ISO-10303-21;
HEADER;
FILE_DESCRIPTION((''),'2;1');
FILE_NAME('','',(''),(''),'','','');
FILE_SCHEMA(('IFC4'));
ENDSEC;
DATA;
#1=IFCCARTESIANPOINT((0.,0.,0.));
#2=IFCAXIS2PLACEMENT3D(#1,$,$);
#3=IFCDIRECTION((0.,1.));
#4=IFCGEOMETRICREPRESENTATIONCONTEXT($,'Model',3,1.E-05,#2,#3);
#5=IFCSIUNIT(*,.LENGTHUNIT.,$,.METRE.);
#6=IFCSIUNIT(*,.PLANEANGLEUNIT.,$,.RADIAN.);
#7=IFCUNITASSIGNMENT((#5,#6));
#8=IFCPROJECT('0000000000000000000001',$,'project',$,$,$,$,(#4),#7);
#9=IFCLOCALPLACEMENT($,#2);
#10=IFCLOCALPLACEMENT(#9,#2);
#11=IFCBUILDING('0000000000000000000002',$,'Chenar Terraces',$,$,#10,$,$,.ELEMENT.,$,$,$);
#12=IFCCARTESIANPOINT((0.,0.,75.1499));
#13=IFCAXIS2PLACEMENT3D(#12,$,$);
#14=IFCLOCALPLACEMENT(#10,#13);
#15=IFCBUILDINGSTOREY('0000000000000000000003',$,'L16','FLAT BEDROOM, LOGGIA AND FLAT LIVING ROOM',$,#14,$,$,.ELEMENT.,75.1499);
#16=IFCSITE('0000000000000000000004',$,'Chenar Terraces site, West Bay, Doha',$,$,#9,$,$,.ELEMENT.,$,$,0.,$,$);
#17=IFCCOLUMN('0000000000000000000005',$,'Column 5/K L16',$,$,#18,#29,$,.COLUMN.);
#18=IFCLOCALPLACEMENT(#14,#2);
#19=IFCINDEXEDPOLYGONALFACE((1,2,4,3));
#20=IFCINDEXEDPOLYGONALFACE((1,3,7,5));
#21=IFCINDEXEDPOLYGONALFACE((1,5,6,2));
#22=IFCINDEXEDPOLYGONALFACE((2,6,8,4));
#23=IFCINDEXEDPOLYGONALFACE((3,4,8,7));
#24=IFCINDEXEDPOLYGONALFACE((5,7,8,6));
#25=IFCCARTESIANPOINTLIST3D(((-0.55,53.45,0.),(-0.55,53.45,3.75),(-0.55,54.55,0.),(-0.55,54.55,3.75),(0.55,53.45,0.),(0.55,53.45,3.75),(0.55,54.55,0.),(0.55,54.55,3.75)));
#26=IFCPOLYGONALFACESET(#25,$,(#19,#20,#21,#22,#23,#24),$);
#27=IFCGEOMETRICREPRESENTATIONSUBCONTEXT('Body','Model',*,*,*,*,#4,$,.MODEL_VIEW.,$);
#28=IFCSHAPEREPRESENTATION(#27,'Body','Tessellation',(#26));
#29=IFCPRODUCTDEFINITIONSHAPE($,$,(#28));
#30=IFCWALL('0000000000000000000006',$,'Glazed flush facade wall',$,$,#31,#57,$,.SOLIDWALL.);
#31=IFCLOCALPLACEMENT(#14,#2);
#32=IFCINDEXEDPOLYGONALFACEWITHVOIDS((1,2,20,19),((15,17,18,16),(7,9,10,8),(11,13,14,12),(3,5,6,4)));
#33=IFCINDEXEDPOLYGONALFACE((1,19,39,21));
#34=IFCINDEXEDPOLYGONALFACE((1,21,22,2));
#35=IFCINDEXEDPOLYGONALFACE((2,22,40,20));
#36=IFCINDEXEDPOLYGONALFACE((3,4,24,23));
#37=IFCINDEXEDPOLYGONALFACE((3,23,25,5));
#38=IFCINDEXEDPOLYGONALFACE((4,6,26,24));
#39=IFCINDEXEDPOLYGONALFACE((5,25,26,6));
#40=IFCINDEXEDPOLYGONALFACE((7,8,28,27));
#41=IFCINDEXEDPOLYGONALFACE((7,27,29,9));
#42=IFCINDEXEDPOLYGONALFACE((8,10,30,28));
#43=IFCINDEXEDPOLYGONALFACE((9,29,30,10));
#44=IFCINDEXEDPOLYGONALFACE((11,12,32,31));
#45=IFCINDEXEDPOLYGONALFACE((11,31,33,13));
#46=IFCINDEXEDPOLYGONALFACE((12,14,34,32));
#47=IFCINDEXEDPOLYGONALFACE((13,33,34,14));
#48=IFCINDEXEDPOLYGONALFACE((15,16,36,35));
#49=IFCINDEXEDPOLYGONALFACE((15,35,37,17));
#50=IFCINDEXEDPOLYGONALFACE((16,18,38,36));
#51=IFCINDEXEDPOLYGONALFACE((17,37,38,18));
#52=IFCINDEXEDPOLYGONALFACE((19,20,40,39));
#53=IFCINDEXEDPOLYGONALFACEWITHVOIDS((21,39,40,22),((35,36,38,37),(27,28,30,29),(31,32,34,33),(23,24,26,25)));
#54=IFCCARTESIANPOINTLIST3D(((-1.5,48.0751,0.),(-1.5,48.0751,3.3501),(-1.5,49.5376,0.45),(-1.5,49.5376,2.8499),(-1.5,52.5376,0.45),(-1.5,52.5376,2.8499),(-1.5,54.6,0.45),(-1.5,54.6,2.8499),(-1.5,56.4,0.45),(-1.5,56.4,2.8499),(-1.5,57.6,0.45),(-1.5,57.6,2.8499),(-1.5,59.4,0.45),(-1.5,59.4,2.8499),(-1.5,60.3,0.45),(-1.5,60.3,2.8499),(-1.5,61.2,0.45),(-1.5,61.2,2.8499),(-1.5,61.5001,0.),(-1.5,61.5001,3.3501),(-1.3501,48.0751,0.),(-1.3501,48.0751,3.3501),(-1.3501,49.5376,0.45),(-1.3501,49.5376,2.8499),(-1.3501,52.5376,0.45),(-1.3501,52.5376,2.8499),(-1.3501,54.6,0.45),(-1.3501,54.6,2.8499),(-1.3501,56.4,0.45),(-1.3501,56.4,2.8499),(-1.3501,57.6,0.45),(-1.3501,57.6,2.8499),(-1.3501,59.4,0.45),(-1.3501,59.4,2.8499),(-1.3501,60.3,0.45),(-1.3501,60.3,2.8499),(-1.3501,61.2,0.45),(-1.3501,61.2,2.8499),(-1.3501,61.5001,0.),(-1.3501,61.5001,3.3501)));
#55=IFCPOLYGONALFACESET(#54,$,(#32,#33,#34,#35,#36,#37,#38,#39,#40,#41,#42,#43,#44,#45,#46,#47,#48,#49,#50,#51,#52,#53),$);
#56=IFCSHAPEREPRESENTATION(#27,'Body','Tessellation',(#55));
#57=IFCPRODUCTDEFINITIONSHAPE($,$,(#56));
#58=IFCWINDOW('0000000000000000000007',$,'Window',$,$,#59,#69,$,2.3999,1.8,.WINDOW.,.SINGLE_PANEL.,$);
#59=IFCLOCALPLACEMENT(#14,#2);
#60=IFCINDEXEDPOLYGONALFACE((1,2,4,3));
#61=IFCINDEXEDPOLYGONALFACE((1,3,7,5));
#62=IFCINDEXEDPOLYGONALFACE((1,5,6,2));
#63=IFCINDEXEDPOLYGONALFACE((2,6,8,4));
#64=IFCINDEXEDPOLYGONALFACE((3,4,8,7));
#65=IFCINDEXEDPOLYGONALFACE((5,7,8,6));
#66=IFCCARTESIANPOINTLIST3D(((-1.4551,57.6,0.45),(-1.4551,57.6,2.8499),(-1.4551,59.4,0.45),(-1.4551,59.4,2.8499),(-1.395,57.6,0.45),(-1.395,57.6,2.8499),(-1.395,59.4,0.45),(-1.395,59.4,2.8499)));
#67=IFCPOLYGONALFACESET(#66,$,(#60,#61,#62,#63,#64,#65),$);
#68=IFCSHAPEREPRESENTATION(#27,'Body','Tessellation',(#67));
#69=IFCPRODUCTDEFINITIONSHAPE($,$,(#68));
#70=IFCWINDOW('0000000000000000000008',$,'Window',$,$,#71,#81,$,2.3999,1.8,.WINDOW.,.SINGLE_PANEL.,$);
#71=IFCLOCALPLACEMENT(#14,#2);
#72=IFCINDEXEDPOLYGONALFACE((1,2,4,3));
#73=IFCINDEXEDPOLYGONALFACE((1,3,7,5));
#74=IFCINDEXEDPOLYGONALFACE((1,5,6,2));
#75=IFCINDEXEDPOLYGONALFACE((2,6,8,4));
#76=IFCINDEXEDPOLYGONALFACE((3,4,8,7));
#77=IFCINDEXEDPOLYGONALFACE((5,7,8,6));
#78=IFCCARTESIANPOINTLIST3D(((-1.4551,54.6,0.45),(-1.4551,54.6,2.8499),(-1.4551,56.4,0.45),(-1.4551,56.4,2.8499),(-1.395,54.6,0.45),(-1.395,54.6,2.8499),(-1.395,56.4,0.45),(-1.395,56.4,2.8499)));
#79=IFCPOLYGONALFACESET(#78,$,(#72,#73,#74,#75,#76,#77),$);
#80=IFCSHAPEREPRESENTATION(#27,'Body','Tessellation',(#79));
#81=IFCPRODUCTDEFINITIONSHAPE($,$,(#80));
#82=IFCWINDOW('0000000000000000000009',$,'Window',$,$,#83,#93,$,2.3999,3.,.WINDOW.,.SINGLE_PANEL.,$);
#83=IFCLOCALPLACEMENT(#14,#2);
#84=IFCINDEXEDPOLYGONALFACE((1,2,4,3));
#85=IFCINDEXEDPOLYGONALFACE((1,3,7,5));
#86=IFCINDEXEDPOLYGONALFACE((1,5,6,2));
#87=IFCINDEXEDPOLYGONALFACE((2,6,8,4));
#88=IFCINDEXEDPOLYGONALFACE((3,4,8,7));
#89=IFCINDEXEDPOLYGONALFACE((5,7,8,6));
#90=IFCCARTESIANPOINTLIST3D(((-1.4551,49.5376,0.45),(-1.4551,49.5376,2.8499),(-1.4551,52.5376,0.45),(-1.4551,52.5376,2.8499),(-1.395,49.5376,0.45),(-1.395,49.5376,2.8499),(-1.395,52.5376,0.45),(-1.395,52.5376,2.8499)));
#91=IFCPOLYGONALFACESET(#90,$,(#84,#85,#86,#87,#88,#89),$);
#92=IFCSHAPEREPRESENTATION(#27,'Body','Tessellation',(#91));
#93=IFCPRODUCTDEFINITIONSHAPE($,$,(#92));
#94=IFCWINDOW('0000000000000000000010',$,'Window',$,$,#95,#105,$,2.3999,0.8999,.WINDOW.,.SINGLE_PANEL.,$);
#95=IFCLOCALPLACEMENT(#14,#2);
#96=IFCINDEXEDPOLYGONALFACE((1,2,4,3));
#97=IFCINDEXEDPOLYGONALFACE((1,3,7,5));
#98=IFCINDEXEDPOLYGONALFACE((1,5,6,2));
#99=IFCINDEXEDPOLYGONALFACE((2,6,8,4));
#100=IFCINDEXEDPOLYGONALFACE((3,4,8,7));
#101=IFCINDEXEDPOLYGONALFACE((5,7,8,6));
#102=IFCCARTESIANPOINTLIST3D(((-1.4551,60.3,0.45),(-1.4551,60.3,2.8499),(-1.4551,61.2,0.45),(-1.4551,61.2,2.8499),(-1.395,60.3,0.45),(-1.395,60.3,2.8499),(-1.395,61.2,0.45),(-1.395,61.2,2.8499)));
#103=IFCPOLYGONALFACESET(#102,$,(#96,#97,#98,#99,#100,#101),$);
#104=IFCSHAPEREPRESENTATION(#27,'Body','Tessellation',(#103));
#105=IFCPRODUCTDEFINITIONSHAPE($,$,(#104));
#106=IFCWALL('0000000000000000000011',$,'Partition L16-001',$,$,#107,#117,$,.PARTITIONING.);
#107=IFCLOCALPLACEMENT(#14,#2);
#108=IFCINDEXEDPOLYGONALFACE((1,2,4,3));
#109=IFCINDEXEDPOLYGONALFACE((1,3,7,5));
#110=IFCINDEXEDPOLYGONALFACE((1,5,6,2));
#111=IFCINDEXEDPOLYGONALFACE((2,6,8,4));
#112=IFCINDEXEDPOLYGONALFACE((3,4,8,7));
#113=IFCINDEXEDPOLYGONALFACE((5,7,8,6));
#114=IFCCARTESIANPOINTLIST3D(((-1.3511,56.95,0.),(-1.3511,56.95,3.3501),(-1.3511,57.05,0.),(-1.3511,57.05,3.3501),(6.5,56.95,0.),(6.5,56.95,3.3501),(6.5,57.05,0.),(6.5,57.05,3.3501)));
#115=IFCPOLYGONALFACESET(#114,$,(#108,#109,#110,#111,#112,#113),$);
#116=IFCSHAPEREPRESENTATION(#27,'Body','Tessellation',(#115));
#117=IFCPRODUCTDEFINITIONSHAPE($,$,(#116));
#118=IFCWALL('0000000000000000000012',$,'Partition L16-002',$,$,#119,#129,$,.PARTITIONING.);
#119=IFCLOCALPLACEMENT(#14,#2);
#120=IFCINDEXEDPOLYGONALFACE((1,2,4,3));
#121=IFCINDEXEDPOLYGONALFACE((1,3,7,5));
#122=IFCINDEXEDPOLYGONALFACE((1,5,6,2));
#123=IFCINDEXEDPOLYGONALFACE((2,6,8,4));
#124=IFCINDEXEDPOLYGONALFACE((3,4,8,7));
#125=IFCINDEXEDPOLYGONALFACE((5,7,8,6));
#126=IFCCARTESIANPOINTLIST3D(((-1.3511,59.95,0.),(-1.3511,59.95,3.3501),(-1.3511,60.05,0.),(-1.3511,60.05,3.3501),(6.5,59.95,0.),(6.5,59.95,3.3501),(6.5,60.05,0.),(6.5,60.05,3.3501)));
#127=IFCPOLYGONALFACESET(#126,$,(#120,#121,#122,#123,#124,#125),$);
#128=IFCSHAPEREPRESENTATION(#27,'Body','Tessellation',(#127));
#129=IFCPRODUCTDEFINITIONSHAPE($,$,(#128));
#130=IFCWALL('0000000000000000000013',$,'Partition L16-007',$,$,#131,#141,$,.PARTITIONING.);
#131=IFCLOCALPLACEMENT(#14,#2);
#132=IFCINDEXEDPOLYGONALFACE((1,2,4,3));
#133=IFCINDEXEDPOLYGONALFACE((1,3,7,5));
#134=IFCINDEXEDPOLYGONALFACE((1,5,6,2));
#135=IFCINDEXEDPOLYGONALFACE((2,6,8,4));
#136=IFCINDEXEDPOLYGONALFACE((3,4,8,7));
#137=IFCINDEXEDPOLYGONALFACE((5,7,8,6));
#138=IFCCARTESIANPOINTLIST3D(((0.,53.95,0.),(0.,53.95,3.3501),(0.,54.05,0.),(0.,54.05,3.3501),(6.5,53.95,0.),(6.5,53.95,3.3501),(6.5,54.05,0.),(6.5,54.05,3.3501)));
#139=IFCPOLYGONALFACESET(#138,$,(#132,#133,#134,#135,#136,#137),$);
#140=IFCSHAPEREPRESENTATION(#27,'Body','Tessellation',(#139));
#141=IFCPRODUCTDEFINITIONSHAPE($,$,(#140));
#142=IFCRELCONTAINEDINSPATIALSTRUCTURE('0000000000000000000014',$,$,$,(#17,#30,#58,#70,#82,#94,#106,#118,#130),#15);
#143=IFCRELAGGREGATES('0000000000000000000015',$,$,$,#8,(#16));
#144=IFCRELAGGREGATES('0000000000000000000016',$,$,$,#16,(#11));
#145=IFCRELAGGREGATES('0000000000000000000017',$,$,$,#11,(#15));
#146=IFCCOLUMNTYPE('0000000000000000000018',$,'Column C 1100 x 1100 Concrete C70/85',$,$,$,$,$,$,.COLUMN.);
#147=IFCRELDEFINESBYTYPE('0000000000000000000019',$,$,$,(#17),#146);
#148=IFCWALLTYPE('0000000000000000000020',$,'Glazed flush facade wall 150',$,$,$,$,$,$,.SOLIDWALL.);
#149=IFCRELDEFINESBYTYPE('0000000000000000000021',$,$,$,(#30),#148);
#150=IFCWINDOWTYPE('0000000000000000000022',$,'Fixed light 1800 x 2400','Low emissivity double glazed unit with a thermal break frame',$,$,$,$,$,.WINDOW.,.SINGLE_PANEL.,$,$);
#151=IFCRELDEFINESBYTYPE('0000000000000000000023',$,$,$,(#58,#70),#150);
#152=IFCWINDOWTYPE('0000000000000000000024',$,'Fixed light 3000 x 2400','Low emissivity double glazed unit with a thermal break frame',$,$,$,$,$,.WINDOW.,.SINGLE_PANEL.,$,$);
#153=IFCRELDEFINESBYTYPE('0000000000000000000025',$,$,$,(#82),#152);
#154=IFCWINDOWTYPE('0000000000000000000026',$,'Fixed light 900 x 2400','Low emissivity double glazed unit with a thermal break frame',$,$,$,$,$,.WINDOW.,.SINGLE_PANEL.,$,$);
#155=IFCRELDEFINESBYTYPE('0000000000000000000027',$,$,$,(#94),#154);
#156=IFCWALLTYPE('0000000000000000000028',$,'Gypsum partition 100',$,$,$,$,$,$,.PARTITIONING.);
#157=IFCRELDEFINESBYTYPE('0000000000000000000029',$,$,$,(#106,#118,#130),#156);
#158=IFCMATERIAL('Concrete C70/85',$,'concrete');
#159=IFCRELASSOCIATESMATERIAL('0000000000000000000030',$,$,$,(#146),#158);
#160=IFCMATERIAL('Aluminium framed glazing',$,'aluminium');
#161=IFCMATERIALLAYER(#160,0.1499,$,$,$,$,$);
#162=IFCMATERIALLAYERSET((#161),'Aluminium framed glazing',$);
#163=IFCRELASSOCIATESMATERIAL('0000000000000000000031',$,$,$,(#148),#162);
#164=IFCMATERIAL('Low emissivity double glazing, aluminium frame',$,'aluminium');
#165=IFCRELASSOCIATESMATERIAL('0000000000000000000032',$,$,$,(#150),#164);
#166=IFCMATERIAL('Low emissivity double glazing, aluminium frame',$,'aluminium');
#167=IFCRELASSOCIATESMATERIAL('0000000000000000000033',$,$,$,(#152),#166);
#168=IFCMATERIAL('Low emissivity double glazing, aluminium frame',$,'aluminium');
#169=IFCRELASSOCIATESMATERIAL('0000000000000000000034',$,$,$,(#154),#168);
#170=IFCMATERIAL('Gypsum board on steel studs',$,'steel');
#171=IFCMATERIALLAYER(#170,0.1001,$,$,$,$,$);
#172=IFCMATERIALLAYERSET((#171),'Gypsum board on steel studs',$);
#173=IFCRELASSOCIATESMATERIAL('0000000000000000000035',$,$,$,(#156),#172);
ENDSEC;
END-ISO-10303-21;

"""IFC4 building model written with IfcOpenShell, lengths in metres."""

from ifc_helpers import new_model, si_unit, direction, frame, frame_2d, origin, origin_2d, place, context, subcontext, project, spatial, rectangle, extrude, material, layer, layer_set, material_profile, profile_set, type_object, element, fill, save


model = new_model("IFC4")

# Units and contexts
model_context = context("Model", 3, precision=1e-05, world=origin(), true_north=direction((0.0, 1.0)))
body_context = subcontext(model_context, "Body", "Model", "MODEL_VIEW")
ifc_project = project(units=[si_unit("LENGTHUNIT", "METRE"), si_unit("PLANEANGLEUNIT", "RADIAN")], contexts=[model_context])

# Site, building, storey
site_placement = place(None, origin())
site = spatial("IfcSite", under=ifc_project, at=site_placement, Name="Chenar Terraces site, West Bay, Doha", CompositionType="ELEMENT", RefElevation=0.0)
building_placement = place(site_placement, origin())
building = spatial("IfcBuilding", under=site, at=building_placement, Name="Chenar Terraces", CompositionType="ELEMENT")
storey_placement = place(building_placement, frame((0.0, 0.0, 75.1499)))
storey = spatial("IfcBuildingStorey", under=building, at=storey_placement, Name="L16", Description="FLAT BEDROOM, LOGGIA AND FLAT LIVING ROOM", CompositionType="ELEMENT", Elevation=75.1499)

# Column
ifc_material_1 = material(Name="Concrete C70/85", Category="concrete")
ifc_material_profile = material_profile(ifc_material_1, rectangle(XDim=1.1001, YDim=1.1001, at=origin_2d()), Name="C 1100 x 1100")
ifc_profile_set = profile_set([ifc_material_profile], Name="Concrete C70/85")
column_type = type_object("IfcColumnType", Name="Column C 1100 x 1100 Concrete C70/85", PredefinedType="COLUMN", material=ifc_profile_set)
placement = place(storey_placement, frame((0.0, 54.0, 0.0), z_axis=(0.0, 0.0, 1.0), x_axis=(1.0, 0.0, 0.0)))
element("IfcColumn", 1, at=placement, inside=storey, type_object=column_type, Name="Column 5/K L16", PredefinedType="COLUMN", context=body_context, shape_type="SweptSolid", body=[
    extrude(rectangle(XDim=1.1001, YDim=1.1001, at=origin_2d()), origin(), (0.0, 0.0, 1.0), 3.75),
])

# Wall, openings, windows
ifc_material_2 = material(Name="Aluminium framed glazing", Category="aluminium")
ifc_layer_1 = layer(ifc_material_2, 0.1499)
ifc_layer_set_1 = layer_set([ifc_layer_1], Name="Aluminium framed glazing")
wall_type_1 = type_object("IfcWallType", Name="Glazed flush facade wall 150", PredefinedType="SOLIDWALL", material=ifc_layer_set_1)
wall_1_placement = place(storey_placement, frame((-1.425, 61.5, 0.0), z_axis=(0.0, 0.0, 1.0), x_axis=(0.0, -1.0, 0.0)))
wall_1 = element("IfcWall", 2, at=wall_1_placement, inside=storey, type_object=wall_type_1, Name="Glazed flush facade wall", PredefinedType="SOLIDWALL", context=body_context, shape_type="SweptSolid", body=[
    extrude(rectangle(XDim=13.425, YDim=0.1499, at=frame_2d((6.7124, 0.0))), origin(), (0.0, 0.0, 1.0), 3.3501),
])
opening_1_placement = place(wall_1_placement, frame((0.3, 0.0, 0.45)))
opening_1 = element("IfcOpeningElement", 3, at=opening_1_placement, cuts=wall_1, PredefinedType="OPENING", context=body_context, shape_type="SweptSolid", body=[
    extrude(rectangle(XDim=0.8999, YDim=2.3999, at=frame_2d((0.45, 1.2))), frame((0.0, 0.085, 0.0), z_axis=(0.0, -1.0, 0.0), x_axis=(1.0, 0.0, 0.0)), (0.0, 0.0, 1.0), 0.1699),
])
opening_2_placement = place(wall_1_placement, frame((2.1001, 0.0, 0.45)))
opening_2 = element("IfcOpeningElement", 4, at=opening_2_placement, cuts=wall_1, PredefinedType="OPENING", context=body_context, shape_type="SweptSolid", body=[
    extrude(rectangle(XDim=1.8, YDim=2.3999, at=frame_2d((0.8999, 1.2))), frame((0.0, 0.085, 0.0), z_axis=(0.0, -1.0, 0.0), x_axis=(1.0, 0.0, 0.0)), (0.0, 0.0, 1.0), 0.1699),
])
opening_3_placement = place(wall_1_placement, frame((5.1001, 0.0, 0.45)))
opening_3 = element("IfcOpeningElement", 5, at=opening_3_placement, cuts=wall_1, PredefinedType="OPENING", context=body_context, shape_type="SweptSolid", body=[
    extrude(rectangle(XDim=1.8, YDim=2.3999, at=frame_2d((0.8999, 1.2))), frame((0.0, 0.085, 0.0), z_axis=(0.0, -1.0, 0.0), x_axis=(1.0, 0.0, 0.0)), (0.0, 0.0, 1.0), 0.1699),
])
opening_4_placement = place(wall_1_placement, frame((8.9624, 0.0, 0.45)))
opening_4 = element("IfcOpeningElement", 6, at=opening_4_placement, cuts=wall_1, PredefinedType="OPENING", context=body_context, shape_type="SweptSolid", body=[
    extrude(rectangle(XDim=3.0, YDim=2.3999, at=frame_2d((1.5, 1.2))), frame((0.0, 0.085, 0.0), z_axis=(0.0, -1.0, 0.0), x_axis=(1.0, 0.0, 0.0)), (0.0, 0.0, 1.0), 0.1699),
])
ifc_material_3 = material(Name="Low emissivity double glazing, aluminium frame", Category="aluminium")
window_type_1 = type_object("IfcWindowType", Name="Fixed light 1800 x 2400", Description="Low emissivity double glazed unit with a thermal break frame", PartitioningType="SINGLE_PANEL", PredefinedType="WINDOW", material=ifc_material_3)
window_1_placement = place(opening_2_placement, origin())
window_1 = element("IfcWindow", 7, at=window_1_placement, inside=storey, type_object=window_type_1, Name="Window", OverallHeight=2.3999, OverallWidth=1.8, PartitioningType="SINGLE_PANEL", PredefinedType="WINDOW", context=body_context, shape_type="SweptSolid", body=[
    extrude(rectangle(XDim=1.8, YDim=2.3999, at=frame_2d((0.8999, 1.2))), frame((0.0, 0.03, 0.0), z_axis=(0.0, -1.0, 0.0), x_axis=(1.0, 0.0, 0.0)), (0.0, 0.0, 1.0), 0.0601),
])
fill(opening_2, window_1)
window_2_placement = place(opening_3_placement, origin())
window_2 = element("IfcWindow", 8, at=window_2_placement, inside=storey, type_object=window_type_1, Name="Window", OverallHeight=2.3999, OverallWidth=1.8, PartitioningType="SINGLE_PANEL", PredefinedType="WINDOW", context=body_context, shape_type="SweptSolid", body=[
    extrude(rectangle(XDim=1.8, YDim=2.3999, at=frame_2d((0.8999, 1.2))), frame((0.0, 0.03, 0.0), z_axis=(0.0, -1.0, 0.0), x_axis=(1.0, 0.0, 0.0)), (0.0, 0.0, 1.0), 0.0601),
])
fill(opening_3, window_2)
ifc_material_4 = material(Name="Low emissivity double glazing, aluminium frame", Category="aluminium")
window_type_2 = type_object("IfcWindowType", Name="Fixed light 3000 x 2400", Description="Low emissivity double glazed unit with a thermal break frame", PartitioningType="SINGLE_PANEL", PredefinedType="WINDOW", material=ifc_material_4)
window_3_placement = place(opening_4_placement, origin())
window_3 = element("IfcWindow", 9, at=window_3_placement, inside=storey, type_object=window_type_2, Name="Window", OverallHeight=2.3999, OverallWidth=3.0, PartitioningType="SINGLE_PANEL", PredefinedType="WINDOW", context=body_context, shape_type="SweptSolid", body=[
    extrude(rectangle(XDim=3.0, YDim=2.3999, at=frame_2d((1.5, 1.2))), frame((0.0, 0.03, 0.0), z_axis=(0.0, -1.0, 0.0), x_axis=(1.0, 0.0, 0.0)), (0.0, 0.0, 1.0), 0.0601),
])
fill(opening_4, window_3)
ifc_material_5 = material(Name="Low emissivity double glazing, aluminium frame", Category="aluminium")
window_type_3 = type_object("IfcWindowType", Name="Fixed light 900 x 2400", Description="Low emissivity double glazed unit with a thermal break frame", PartitioningType="SINGLE_PANEL", PredefinedType="WINDOW", material=ifc_material_5)
window_4_placement = place(opening_1_placement, origin())
window_4 = element("IfcWindow", 10, at=window_4_placement, inside=storey, type_object=window_type_3, Name="Window", OverallHeight=2.3999, OverallWidth=0.8999, PartitioningType="SINGLE_PANEL", PredefinedType="WINDOW", context=body_context, shape_type="SweptSolid", body=[
    extrude(rectangle(XDim=0.8999, YDim=2.3999, at=frame_2d((0.45, 1.2))), frame((0.0, 0.03, 0.0), z_axis=(0.0, -1.0, 0.0), x_axis=(1.0, 0.0, 0.0)), (0.0, 0.0, 1.0), 0.0601),
])
fill(opening_1, window_4)

# Walls
ifc_material_6 = material(Name="Gypsum board on steel studs", Category="steel")
ifc_layer_2 = layer(ifc_material_6, 0.1001)
ifc_layer_set_2 = layer_set([ifc_layer_2], Name="Gypsum board on steel studs")
wall_type_2 = type_object("IfcWallType", Name="Gypsum partition 100", PredefinedType="PARTITIONING", material=ifc_layer_set_2)
for number, where, z_axis, x_axis, name in (
    (11, (-1.3511, 57.0, 0.0), (0.0, 0.0, 1.0), (1.0, 0.0, 0.0), "Partition L16-001"),
    (12, (-1.3511, 60.0, 0.0), (0.0, 0.0, 1.0), (1.0, 0.0, 0.0), "Partition L16-002"),
):
    element("IfcWall", number, at=place(storey_placement, frame(where, z_axis=z_axis, x_axis=x_axis)), inside=storey, type_object=wall_type_2, Name=name, PredefinedType="PARTITIONING", context=body_context, shape_type="SweptSolid", body=[
        extrude(rectangle(XDim=7.8511, YDim=0.1001, at=frame_2d((3.9255, 0.0))), origin(), (0.0, 0.0, 1.0), 3.3501),
    ])
element("IfcWall", 13, at=placement, inside=storey, type_object=wall_type_2, Name="Partition L16-007", PredefinedType="PARTITIONING", context=body_context, shape_type="SweptSolid", body=[
    extrude(rectangle(XDim=6.5, YDim=0.1001, at=frame_2d((3.25, 0.0))), origin(), (0.0, 0.0, 1.0), 3.3501),
])

save(model, "model.ifc")
